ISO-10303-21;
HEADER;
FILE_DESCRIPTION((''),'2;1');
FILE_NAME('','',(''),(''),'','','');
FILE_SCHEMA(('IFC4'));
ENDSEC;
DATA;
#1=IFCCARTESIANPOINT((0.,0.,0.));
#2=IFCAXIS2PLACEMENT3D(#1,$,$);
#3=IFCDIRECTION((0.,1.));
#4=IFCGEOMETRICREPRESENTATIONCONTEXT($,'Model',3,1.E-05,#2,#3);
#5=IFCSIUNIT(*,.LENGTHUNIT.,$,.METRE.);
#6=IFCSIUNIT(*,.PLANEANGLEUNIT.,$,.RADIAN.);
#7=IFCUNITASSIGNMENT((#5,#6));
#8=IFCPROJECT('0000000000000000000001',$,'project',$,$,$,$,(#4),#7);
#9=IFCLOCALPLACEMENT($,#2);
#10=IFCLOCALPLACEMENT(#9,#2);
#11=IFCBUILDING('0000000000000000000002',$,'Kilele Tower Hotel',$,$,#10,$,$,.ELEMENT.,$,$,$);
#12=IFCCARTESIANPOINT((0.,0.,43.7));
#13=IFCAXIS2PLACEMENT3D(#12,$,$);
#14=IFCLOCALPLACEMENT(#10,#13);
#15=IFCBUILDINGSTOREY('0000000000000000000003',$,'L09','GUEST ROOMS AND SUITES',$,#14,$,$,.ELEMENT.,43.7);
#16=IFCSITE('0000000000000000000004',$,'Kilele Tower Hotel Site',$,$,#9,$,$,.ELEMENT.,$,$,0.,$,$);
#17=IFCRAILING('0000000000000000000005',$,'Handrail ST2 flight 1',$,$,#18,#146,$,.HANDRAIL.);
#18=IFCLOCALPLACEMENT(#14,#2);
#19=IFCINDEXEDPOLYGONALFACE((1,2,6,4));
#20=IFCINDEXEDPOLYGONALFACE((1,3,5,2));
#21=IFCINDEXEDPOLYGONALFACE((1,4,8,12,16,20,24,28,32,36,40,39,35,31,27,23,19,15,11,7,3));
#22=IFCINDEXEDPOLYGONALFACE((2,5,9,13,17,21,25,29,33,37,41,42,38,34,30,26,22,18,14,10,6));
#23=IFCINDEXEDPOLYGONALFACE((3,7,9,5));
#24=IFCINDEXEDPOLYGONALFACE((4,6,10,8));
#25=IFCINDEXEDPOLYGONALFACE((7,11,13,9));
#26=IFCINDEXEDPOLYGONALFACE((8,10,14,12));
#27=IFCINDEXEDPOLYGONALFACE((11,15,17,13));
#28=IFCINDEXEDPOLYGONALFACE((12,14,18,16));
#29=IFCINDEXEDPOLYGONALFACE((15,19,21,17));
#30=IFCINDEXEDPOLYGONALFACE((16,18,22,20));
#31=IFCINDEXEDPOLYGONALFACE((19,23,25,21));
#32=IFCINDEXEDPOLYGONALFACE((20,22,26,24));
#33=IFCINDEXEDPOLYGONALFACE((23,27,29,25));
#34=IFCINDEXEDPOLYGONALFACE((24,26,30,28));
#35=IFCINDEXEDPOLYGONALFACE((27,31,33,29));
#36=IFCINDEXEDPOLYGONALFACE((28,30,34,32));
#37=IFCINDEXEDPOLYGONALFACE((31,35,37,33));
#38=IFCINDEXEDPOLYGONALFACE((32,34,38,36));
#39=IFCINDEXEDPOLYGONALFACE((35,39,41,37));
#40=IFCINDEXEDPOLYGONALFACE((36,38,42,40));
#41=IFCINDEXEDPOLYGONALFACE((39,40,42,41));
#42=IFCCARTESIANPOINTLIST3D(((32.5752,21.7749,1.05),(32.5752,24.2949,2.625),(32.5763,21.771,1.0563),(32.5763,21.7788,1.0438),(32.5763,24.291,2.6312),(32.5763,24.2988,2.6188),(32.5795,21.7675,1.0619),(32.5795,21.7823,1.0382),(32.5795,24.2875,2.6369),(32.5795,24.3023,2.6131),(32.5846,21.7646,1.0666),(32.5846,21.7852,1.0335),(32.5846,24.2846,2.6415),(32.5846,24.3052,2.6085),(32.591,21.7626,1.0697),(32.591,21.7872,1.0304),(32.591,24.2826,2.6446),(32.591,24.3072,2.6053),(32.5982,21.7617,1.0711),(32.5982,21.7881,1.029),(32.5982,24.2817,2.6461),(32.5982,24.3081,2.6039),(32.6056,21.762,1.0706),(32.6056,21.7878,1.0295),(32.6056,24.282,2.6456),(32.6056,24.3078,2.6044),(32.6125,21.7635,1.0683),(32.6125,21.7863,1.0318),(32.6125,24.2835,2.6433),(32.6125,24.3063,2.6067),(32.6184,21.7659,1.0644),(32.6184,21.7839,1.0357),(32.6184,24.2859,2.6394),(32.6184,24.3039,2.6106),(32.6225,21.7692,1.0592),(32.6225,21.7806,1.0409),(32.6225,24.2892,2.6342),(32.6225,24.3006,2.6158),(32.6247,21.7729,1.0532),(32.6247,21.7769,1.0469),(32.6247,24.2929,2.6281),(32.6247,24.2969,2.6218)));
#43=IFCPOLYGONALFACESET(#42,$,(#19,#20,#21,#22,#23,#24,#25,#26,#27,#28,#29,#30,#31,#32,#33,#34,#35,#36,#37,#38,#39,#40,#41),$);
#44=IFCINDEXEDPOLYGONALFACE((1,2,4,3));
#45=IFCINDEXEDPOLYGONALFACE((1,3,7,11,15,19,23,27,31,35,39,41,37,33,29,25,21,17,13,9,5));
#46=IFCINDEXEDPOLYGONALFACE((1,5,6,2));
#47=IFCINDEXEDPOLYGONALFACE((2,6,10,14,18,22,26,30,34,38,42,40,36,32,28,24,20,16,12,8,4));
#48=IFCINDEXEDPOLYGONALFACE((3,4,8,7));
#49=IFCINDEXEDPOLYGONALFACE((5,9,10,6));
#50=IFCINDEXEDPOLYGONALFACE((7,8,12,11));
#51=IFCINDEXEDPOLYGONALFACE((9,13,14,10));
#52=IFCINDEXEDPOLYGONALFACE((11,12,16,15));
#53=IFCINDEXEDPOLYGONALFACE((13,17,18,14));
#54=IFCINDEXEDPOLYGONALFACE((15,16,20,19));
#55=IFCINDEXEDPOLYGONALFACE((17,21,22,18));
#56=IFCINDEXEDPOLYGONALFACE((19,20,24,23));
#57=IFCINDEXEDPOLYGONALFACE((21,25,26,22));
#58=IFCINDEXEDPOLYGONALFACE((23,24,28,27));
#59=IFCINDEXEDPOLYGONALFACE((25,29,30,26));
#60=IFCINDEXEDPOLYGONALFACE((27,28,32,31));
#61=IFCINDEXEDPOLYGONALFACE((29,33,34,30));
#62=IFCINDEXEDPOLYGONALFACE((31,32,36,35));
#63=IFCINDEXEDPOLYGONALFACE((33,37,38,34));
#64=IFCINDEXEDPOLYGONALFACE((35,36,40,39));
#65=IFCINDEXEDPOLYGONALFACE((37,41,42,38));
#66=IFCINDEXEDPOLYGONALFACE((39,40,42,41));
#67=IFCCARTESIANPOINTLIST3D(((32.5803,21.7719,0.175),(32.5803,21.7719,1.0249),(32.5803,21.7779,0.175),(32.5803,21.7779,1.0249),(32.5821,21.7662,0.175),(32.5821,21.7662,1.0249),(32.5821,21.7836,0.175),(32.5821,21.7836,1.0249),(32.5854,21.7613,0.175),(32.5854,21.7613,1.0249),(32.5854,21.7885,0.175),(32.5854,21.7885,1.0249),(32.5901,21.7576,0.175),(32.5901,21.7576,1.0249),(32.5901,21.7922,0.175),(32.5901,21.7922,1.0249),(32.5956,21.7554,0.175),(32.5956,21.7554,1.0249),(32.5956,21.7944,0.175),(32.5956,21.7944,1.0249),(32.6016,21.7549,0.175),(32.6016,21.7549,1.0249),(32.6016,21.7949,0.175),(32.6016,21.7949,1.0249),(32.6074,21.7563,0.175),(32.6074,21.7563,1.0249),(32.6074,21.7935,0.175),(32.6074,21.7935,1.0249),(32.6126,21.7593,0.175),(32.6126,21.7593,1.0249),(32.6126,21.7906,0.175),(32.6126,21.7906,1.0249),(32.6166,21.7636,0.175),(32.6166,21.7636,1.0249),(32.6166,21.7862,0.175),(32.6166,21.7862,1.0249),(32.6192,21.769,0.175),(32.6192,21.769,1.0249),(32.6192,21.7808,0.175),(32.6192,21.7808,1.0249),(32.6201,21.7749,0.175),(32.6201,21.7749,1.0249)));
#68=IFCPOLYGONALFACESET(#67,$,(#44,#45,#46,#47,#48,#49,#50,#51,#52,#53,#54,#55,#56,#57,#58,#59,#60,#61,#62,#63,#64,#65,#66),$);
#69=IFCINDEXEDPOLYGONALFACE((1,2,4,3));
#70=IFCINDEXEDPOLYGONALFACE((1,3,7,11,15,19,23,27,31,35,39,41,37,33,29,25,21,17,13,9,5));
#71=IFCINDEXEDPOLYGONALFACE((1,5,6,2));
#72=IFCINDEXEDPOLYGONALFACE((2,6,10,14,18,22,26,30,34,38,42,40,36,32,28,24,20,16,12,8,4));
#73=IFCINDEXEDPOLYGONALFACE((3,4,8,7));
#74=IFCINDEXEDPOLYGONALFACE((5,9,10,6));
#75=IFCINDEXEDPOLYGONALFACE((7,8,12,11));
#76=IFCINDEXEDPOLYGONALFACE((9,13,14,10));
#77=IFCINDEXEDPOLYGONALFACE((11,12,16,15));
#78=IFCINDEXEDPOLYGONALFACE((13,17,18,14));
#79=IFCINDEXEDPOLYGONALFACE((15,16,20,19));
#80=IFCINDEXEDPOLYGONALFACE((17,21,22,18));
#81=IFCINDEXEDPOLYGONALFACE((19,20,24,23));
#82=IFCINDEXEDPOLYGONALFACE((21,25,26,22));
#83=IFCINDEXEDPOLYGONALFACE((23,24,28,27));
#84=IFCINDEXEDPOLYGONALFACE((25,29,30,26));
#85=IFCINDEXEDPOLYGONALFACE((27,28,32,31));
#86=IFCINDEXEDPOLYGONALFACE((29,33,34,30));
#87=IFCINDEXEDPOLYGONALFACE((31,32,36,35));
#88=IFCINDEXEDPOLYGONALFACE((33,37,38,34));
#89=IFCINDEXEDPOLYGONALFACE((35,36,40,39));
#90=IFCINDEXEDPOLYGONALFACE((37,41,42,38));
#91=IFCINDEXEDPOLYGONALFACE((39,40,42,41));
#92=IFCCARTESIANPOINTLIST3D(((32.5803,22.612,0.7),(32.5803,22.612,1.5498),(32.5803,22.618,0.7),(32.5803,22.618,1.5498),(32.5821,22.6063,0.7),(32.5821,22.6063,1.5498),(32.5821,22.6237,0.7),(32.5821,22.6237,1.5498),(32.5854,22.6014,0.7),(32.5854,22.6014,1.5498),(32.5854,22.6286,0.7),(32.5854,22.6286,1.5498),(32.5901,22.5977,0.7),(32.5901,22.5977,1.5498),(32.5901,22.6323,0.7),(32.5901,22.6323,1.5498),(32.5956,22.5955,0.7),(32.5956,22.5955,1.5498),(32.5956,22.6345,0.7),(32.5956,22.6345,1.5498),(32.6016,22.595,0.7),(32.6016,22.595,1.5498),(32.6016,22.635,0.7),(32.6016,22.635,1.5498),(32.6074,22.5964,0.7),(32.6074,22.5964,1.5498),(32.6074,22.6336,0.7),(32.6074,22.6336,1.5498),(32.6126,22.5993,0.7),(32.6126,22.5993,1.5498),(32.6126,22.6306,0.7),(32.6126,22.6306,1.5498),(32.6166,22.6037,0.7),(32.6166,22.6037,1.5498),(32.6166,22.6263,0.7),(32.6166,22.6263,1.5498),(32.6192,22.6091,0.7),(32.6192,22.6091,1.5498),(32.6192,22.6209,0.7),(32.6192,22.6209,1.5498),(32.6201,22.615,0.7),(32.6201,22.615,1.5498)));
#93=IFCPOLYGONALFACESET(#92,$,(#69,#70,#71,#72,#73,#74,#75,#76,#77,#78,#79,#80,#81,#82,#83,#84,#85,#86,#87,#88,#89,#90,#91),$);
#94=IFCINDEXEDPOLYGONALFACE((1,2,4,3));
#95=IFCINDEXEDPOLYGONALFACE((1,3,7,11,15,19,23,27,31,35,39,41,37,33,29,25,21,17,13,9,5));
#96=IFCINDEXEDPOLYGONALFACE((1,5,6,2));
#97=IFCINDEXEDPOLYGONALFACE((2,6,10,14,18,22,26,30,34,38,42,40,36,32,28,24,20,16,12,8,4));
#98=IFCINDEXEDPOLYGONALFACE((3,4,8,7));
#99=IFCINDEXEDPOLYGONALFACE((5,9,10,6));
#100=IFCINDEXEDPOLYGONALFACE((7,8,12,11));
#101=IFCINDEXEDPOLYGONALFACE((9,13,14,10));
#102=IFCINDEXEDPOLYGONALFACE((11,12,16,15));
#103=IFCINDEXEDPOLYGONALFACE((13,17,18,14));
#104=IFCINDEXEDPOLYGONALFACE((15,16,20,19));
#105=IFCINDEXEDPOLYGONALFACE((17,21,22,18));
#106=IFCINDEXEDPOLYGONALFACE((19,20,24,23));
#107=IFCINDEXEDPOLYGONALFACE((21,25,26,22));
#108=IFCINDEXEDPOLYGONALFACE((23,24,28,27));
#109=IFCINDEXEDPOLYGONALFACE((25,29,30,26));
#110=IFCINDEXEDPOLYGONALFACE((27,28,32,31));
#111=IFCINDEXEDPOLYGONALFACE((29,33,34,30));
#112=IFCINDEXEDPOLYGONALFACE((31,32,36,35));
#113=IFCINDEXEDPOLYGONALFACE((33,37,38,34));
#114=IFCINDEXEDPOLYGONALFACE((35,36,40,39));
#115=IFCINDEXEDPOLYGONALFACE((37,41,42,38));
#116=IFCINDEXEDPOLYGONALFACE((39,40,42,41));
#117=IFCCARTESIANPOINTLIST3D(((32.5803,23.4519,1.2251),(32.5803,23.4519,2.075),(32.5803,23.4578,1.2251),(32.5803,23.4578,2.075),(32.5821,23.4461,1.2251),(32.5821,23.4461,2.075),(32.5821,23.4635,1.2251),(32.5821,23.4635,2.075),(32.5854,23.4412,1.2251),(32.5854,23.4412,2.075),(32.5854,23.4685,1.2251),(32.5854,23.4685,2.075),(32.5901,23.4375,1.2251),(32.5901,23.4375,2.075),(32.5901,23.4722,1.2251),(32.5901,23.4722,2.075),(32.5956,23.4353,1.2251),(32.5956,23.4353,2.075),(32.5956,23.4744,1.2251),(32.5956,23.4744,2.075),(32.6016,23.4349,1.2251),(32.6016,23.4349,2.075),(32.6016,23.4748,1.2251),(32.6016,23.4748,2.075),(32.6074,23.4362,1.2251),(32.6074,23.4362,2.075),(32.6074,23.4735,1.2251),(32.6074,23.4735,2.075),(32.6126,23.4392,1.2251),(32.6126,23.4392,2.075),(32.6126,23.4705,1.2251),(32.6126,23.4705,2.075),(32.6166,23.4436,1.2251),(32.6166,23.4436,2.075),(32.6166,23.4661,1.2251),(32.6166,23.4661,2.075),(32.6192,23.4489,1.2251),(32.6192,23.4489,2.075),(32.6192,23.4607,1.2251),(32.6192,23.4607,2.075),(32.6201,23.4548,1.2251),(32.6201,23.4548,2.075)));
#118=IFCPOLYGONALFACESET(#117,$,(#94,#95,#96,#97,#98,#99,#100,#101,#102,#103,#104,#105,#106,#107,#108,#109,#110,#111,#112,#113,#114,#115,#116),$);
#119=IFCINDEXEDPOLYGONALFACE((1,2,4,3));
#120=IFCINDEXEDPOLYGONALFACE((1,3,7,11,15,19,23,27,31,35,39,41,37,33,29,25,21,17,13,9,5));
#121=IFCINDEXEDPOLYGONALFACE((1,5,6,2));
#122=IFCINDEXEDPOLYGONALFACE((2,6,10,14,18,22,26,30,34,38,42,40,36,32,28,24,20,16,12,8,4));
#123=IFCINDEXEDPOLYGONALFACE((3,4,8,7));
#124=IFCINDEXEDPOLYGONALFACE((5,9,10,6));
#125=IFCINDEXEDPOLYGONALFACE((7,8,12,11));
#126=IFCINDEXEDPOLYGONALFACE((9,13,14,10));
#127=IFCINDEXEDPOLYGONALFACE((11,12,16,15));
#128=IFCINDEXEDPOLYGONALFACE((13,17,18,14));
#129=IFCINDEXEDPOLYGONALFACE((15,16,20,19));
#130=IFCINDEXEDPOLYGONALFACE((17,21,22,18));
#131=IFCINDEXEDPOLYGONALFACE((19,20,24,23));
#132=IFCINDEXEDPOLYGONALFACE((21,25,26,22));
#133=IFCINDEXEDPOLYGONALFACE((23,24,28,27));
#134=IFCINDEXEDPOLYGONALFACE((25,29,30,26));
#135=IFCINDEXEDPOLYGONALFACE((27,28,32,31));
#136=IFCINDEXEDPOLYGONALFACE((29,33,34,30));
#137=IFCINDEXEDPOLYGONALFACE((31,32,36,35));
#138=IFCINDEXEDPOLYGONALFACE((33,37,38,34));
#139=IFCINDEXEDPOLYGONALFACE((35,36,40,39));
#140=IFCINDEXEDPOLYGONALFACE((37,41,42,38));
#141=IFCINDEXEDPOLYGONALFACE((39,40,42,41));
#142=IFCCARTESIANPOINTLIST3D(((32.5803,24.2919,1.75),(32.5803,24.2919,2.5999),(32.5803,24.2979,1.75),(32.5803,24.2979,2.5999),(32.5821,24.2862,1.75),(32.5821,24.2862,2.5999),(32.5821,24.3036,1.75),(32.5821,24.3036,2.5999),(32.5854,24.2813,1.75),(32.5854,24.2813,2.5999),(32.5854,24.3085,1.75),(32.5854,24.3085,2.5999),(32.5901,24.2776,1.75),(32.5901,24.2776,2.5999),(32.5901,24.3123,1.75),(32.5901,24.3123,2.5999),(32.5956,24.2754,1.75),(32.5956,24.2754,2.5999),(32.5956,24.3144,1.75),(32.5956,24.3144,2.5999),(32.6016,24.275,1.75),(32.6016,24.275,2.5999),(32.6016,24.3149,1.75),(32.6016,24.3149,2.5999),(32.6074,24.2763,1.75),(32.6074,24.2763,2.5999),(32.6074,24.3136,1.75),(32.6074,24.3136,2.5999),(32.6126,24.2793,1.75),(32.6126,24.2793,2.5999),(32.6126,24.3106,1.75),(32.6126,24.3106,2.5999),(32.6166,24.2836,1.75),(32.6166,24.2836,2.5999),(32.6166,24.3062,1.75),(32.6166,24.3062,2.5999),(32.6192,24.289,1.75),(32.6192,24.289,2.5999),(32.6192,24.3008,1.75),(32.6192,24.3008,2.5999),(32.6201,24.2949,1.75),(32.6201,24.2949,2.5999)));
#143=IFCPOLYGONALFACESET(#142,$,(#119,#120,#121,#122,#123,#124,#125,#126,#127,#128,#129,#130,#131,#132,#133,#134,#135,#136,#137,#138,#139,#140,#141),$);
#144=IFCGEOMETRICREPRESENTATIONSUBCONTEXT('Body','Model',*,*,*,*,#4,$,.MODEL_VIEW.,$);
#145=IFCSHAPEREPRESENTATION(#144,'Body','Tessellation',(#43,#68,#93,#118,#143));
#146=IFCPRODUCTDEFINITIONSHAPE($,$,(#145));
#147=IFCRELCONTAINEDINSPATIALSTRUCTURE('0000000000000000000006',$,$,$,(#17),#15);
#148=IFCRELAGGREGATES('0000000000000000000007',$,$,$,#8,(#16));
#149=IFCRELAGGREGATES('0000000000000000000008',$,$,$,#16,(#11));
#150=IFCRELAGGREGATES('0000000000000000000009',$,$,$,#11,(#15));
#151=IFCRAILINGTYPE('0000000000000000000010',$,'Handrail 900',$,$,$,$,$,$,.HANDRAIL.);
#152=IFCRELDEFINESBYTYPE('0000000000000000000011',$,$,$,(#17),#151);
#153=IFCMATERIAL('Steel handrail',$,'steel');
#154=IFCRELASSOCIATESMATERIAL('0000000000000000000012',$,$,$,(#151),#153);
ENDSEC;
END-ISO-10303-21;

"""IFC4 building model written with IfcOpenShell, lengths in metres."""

from ifc_helpers import new_model, si_unit, direction, frame, origin, origin_2d, place, context, subcontext, project, spatial, circle, extrude, material, type_object, element, save


model = new_model("IFC4")

# Units and contexts
model_context = context("Model", 3, precision=1e-05, world=origin(), true_north=direction((0.0, 1.0)))
body_context = subcontext(model_context, "Body", "Model", "MODEL_VIEW")
ifc_project = project(units=[si_unit("LENGTHUNIT", "METRE"), si_unit("PLANEANGLEUNIT", "RADIAN")], contexts=[model_context])

# Site, building, storey
site_placement = place(None, origin())
site = spatial("IfcSite", under=ifc_project, at=site_placement, Name="Kilele Tower Hotel Site", CompositionType="ELEMENT", RefElevation=0.0)
building_placement = place(site_placement, origin())
building = spatial("IfcBuilding", under=site, at=building_placement, Name="Kilele Tower Hotel", CompositionType="ELEMENT")
storey_placement = place(building_placement, frame((0.0, 0.0, 43.7)))
storey = spatial("IfcBuildingStorey", under=building, at=storey_placement, Name="L09", Description="GUEST ROOMS AND SUITES", CompositionType="ELEMENT", Elevation=43.7)

# Railing
ifc_material_1 = material(Name="Steel handrail", Category="steel")
railing_type_1 = type_object("IfcRailingType", Name="Handrail 900", PredefinedType="HANDRAIL", material=ifc_material_1)
for number, where, name in (
    (1, (32.6001, 21.7749, 0.175), "Handrail ST2 flight 1"),
):
    element("IfcRailing", number, at=place(storey_placement, frame(where)), inside=storey, type_object=railing_type_1, Name=name, PredefinedType="HANDRAIL", context=body_context, shape_type="SweptSolid", body=[
        extrude(circle(Radius=0.0249, at=origin_2d()), frame((0.0, 0.0, 0.875), z_axis=(0.0, 0.848008, 0.529984), x_axis=(-1.0, 0.0, 0.0)), (0.0, 0.0, 1.0), 2.9717),
        extrude(circle(Radius=0.02, at=origin_2d()), origin(), (0.0, 0.0, 1.0), 0.8499),
        extrude(circle(Radius=0.02, at=origin_2d()), frame((0.0, 0.8401, 0.5249)), (0.0, 0.0, 1.0), 0.8499),
        extrude(circle(Radius=0.02, at=origin_2d()), frame((0.0, 1.6799, 1.05)), (0.0, 0.0, 1.0), 0.8499),
        extrude(circle(Radius=0.02, at=origin_2d()), frame((0.0, 2.52, 1.575)), (0.0, 0.0, 1.0), 0.8499),
    ])

save(model, "model.ifc")
